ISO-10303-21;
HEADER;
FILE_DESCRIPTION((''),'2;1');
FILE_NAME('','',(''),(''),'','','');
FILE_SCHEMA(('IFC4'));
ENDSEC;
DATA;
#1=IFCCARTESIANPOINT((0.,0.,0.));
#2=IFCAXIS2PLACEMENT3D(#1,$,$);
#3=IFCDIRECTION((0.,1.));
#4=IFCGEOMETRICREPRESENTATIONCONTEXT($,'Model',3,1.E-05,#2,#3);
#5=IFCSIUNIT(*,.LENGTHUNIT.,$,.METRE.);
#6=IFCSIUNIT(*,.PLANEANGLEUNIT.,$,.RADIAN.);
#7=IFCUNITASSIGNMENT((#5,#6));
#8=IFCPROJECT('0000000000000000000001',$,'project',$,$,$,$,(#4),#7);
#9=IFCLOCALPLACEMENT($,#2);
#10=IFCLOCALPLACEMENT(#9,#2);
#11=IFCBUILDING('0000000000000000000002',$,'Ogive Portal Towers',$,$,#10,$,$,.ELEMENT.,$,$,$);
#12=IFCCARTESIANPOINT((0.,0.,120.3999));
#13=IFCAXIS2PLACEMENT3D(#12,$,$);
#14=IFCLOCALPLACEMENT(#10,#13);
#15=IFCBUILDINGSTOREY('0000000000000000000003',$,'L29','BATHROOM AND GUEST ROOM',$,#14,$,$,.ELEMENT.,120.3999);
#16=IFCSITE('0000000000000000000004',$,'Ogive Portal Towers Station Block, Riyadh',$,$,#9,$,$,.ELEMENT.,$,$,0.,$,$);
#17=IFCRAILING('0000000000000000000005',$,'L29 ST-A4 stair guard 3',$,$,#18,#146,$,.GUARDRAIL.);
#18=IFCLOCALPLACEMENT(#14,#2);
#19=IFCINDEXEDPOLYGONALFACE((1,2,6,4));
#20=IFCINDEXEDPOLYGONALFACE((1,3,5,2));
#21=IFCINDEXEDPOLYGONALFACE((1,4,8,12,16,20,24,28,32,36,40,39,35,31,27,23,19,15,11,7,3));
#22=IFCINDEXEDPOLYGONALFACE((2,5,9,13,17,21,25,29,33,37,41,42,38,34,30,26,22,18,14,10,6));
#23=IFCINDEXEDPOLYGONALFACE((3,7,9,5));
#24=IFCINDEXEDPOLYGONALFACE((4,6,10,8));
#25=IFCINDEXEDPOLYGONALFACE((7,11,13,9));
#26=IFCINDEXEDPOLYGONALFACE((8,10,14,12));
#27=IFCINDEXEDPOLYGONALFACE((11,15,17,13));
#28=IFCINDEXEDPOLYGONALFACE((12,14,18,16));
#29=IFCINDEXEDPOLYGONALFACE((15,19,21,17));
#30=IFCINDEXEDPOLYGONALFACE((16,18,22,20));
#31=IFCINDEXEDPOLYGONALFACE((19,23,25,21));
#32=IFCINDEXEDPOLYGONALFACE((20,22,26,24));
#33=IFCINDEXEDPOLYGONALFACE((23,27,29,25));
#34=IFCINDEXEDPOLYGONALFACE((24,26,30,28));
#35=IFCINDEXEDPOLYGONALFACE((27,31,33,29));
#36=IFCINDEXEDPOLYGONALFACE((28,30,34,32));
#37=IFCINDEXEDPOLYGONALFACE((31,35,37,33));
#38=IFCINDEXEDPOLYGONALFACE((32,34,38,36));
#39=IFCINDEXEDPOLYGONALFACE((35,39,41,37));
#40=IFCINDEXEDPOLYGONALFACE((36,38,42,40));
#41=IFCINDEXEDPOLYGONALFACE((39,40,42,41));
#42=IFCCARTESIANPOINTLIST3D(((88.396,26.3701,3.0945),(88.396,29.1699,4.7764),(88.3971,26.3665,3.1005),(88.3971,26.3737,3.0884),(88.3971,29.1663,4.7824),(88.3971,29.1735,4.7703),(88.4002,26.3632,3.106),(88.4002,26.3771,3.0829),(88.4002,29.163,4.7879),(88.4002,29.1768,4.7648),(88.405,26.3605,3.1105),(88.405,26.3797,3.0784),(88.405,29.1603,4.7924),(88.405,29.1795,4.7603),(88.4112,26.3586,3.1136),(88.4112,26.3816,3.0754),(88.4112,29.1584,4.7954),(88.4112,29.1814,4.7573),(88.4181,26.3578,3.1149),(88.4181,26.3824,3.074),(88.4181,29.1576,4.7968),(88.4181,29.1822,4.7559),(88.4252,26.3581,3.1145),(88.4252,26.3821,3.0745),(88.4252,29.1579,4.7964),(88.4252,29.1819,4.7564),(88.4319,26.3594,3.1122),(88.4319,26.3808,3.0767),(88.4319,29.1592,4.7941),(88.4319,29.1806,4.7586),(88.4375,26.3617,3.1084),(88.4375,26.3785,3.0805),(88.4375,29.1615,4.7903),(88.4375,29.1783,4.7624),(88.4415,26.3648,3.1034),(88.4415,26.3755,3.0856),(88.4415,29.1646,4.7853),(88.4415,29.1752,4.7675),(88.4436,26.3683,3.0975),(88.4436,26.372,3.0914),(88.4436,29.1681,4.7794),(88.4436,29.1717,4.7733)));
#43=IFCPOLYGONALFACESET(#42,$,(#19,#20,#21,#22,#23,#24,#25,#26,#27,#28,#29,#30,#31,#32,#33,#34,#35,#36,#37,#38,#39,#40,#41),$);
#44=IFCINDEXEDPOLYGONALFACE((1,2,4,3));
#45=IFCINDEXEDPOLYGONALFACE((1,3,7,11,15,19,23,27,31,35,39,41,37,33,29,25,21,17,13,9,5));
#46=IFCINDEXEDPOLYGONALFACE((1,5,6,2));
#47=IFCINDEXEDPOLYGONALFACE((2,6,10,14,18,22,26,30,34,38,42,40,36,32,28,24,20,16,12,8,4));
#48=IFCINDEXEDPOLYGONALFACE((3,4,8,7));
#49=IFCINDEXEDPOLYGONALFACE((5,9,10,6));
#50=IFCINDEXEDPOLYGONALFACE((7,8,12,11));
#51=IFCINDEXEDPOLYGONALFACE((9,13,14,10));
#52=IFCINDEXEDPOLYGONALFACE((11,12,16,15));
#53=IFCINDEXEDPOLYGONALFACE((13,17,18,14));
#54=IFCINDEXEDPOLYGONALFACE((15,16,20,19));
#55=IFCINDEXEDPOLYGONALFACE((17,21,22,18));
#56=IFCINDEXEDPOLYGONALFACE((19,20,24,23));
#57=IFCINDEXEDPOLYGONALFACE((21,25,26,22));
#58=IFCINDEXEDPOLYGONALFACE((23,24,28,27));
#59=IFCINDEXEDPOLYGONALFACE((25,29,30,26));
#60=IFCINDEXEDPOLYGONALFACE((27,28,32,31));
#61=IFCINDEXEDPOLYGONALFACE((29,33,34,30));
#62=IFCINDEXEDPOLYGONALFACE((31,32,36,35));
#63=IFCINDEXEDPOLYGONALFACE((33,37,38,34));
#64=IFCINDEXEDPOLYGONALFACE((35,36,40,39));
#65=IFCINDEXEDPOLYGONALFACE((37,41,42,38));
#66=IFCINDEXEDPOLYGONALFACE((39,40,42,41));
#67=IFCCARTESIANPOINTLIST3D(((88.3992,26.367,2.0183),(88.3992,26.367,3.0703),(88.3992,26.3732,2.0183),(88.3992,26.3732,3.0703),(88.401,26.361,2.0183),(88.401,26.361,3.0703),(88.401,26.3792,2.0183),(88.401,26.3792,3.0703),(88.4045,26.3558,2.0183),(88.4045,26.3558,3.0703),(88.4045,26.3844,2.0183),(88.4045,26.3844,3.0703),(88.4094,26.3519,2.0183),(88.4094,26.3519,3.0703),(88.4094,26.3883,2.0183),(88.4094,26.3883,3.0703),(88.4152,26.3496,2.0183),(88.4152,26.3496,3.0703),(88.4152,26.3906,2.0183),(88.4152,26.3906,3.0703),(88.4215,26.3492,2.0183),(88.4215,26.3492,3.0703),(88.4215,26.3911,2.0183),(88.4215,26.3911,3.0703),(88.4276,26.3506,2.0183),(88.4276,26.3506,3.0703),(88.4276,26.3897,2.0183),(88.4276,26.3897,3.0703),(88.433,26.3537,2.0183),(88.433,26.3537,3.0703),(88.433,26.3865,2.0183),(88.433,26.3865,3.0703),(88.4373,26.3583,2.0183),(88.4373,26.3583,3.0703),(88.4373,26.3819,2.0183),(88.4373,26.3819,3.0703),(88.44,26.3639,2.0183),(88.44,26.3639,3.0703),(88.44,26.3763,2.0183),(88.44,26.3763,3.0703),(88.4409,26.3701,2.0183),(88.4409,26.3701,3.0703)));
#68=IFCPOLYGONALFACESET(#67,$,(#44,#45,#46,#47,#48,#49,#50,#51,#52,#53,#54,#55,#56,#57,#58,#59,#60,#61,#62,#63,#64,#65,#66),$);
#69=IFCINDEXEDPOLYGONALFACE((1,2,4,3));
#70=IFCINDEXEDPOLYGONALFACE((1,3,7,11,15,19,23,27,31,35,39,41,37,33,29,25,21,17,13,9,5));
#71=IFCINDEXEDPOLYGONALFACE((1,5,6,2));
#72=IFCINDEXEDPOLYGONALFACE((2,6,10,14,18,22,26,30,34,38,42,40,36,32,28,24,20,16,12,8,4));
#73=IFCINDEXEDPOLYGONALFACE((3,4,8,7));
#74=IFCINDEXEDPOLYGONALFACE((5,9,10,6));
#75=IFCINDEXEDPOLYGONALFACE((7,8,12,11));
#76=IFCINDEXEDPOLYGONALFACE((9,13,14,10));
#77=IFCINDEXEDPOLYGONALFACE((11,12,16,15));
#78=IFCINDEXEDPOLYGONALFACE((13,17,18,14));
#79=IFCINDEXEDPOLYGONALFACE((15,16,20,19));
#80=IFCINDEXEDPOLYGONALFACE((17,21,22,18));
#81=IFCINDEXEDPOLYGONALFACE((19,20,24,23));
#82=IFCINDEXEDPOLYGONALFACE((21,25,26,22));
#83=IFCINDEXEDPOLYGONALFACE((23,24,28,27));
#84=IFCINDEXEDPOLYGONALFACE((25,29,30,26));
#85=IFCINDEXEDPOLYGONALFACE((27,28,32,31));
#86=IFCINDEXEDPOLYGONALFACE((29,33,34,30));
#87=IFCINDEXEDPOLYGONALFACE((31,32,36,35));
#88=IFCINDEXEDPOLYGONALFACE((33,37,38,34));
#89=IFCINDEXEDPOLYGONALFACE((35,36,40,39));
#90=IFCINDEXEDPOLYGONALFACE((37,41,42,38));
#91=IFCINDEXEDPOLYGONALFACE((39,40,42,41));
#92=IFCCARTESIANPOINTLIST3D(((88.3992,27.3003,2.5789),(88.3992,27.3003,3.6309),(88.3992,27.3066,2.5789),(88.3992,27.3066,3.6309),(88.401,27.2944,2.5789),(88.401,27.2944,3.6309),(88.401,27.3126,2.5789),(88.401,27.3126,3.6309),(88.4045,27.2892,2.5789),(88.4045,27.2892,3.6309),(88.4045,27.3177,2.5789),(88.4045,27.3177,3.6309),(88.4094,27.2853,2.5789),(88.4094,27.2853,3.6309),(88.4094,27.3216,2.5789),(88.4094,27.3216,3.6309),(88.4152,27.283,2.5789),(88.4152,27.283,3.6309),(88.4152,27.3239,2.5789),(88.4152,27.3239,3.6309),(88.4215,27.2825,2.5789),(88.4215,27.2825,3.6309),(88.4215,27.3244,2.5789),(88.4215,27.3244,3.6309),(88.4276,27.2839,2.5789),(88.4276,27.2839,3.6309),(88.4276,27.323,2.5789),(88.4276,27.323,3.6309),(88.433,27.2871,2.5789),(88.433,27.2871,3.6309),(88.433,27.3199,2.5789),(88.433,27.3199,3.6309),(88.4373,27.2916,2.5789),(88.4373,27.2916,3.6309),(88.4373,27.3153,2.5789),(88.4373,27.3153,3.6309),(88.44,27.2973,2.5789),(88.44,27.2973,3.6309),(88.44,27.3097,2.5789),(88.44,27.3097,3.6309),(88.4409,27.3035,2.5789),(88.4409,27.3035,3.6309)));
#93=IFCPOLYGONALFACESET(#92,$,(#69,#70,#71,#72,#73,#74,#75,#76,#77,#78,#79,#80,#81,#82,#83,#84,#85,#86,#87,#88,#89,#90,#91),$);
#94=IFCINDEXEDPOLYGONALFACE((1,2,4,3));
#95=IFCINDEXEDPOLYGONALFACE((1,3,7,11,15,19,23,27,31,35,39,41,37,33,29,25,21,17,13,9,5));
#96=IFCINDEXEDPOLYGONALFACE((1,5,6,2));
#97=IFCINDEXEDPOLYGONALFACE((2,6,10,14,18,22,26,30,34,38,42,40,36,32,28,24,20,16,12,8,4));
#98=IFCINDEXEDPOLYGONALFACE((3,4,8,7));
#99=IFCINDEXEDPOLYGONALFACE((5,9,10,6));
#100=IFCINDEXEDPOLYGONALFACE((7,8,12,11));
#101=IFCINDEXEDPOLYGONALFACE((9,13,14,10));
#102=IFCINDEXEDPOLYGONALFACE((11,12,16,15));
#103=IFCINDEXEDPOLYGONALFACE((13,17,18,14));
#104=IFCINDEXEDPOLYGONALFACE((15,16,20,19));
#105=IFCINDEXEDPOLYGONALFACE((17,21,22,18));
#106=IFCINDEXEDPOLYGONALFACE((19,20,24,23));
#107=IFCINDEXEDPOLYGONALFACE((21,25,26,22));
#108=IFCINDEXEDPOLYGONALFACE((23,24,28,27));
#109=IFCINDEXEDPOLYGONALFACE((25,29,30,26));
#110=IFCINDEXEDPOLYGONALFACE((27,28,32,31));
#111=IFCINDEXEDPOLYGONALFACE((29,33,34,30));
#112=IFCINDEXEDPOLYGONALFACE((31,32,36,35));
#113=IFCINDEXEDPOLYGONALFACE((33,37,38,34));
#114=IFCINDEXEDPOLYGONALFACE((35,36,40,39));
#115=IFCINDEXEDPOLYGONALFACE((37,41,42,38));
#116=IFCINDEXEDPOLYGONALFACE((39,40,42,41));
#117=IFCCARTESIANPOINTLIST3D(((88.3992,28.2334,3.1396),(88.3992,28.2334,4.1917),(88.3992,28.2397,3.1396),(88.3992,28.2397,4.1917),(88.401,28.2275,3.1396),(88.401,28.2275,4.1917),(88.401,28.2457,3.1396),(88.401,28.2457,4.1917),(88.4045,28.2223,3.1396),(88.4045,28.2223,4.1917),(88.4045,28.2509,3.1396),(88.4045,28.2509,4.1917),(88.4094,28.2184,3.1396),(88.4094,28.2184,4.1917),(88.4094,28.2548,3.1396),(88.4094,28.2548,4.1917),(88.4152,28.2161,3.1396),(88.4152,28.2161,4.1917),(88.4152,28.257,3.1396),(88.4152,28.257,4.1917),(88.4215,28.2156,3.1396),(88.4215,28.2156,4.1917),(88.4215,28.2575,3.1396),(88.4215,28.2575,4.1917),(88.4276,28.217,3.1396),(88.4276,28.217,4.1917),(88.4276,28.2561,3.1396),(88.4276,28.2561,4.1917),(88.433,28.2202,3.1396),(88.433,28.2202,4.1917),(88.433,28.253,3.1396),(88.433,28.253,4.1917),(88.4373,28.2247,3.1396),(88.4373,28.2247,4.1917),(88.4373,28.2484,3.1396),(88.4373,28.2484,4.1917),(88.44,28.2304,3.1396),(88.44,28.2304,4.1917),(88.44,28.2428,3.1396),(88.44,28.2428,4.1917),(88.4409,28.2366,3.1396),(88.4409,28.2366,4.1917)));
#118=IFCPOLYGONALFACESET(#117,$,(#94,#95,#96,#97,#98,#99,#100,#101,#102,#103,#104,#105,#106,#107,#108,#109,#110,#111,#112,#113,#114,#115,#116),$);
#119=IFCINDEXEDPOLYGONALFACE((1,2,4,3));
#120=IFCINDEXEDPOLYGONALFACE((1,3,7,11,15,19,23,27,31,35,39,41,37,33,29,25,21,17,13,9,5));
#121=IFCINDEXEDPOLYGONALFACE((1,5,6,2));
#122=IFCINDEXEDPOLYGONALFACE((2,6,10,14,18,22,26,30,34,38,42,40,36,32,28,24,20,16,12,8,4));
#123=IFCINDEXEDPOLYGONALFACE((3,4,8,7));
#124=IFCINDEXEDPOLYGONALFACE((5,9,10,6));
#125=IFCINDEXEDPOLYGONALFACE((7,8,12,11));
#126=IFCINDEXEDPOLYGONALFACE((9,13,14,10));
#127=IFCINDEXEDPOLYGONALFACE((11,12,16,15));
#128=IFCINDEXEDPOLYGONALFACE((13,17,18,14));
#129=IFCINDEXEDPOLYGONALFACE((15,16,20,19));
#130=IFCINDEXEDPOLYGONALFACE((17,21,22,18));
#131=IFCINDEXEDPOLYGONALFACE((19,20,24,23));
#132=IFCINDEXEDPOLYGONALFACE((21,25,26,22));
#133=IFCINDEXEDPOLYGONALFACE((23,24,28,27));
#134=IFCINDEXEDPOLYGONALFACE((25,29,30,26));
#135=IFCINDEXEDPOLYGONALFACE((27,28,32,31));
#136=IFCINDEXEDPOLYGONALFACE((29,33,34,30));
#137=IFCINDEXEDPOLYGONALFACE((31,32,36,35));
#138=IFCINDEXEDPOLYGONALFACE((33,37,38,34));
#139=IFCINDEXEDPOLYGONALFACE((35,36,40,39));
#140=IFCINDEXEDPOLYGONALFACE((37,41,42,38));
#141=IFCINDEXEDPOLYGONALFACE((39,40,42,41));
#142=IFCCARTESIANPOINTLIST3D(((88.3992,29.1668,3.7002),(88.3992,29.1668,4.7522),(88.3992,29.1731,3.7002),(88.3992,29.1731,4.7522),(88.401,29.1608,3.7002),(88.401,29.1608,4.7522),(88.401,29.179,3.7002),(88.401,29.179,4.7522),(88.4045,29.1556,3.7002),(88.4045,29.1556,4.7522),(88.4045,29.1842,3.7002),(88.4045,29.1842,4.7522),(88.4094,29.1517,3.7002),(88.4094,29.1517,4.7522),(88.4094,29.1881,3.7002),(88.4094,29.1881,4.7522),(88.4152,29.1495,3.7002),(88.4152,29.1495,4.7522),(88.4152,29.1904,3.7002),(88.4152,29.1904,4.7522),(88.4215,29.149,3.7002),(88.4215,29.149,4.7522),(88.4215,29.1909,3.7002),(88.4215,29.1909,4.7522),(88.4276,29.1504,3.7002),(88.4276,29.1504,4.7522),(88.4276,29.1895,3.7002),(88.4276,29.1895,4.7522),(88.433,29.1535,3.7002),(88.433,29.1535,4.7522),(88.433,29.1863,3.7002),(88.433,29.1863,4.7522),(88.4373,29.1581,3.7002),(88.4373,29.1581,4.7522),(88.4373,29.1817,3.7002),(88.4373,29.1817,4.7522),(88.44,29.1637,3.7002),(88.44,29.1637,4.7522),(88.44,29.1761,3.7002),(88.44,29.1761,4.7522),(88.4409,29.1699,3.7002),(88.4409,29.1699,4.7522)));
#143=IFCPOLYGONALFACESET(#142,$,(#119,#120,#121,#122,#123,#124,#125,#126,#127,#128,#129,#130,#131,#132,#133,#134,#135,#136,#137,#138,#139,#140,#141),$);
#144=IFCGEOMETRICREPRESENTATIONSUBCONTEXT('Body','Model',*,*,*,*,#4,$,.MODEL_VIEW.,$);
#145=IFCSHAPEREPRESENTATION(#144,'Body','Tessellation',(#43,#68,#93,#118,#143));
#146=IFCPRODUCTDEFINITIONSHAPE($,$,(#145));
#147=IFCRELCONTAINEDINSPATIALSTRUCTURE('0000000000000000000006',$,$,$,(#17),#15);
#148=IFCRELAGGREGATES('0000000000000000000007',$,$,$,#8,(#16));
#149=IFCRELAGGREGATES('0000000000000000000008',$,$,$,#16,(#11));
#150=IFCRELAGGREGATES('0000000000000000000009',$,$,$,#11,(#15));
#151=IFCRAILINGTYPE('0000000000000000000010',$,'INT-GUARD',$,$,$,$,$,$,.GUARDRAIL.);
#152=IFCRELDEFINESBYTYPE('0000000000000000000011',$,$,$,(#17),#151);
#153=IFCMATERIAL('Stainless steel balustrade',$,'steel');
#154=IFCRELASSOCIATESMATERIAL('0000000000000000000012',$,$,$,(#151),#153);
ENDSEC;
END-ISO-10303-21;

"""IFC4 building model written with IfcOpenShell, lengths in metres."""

from ifc_helpers import new_model, si_unit, direction, frame, origin, origin_2d, place, context, subcontext, project, spatial, circle, extrude, material, type_object, element, save


model = new_model("IFC4")

# Units and contexts
model_context = context("Model", 3, precision=1e-05, world=origin(), true_north=direction((0.0, 1.0)))
body_context = subcontext(model_context, "Body", "Model", "MODEL_VIEW")
ifc_project = project(units=[si_unit("LENGTHUNIT", "METRE"), si_unit("PLANEANGLEUNIT", "RADIAN")], contexts=[model_context])

# Site, building, storey
site_placement = place(None, origin())
site = spatial("IfcSite", under=ifc_project, at=site_placement, Name="Ogive Portal Towers Station Block, Riyadh", CompositionType="ELEMENT", RefElevation=0.0)
building_placement = place(site_placement, origin())
building = spatial("IfcBuilding", under=site, at=building_placement, Name="Ogive Portal Towers", CompositionType="ELEMENT")
storey_placement = place(building_placement, frame((0.0, 0.0, 120.3999)))
storey = spatial("IfcBuildingStorey", under=building, at=storey_placement, Name="L29", Description="BATHROOM AND GUEST ROOM", CompositionType="ELEMENT", Elevation=120.3999)

# Railing
ifc_material_1 = material(Name="Stainless steel balustrade", Category="steel")
railing_type_1 = type_object("IfcRailingType", Name="INT-GUARD", PredefinedType="GUARDRAIL", material=ifc_material_1)
railing_1_placement = place(storey_placement, frame((88.4199, 26.3701, 2.0183)))
element("IfcRailing", 1, at=railing_1_placement, inside=storey, type_object=railing_type_1, Name="L29 ST-A4 stair guard 3", PredefinedType="GUARDRAIL", context=body_context, shape_type="SweptSolid", body=[
    extrude(circle(Radius=0.0239, at=origin_2d()), frame((0.0, 0.0, 1.0762), z_axis=(0.0, 0.857222, 0.514946), x_axis=(-1.0, 0.0, 0.0)), (0.0, 0.0, 1.0), 3.2661),
    extrude(circle(Radius=0.021, at=origin_2d()), origin(), (0.0, 0.0, 1.0), 1.052),
    extrude(circle(Radius=0.021, at=origin_2d()), frame((0.0, 0.9333, 0.5605)), (0.0, 0.0, 1.0), 1.052),
    extrude(circle(Radius=0.021, at=origin_2d()), frame((0.0, 1.8665, 1.1213)), (0.0, 0.0, 1.0), 1.052),
    extrude(circle(Radius=0.021, at=origin_2d()), frame((0.0, 2.7998, 1.6819)), (0.0, 0.0, 1.0), 1.052),
])

save(model, "model.ifc")
